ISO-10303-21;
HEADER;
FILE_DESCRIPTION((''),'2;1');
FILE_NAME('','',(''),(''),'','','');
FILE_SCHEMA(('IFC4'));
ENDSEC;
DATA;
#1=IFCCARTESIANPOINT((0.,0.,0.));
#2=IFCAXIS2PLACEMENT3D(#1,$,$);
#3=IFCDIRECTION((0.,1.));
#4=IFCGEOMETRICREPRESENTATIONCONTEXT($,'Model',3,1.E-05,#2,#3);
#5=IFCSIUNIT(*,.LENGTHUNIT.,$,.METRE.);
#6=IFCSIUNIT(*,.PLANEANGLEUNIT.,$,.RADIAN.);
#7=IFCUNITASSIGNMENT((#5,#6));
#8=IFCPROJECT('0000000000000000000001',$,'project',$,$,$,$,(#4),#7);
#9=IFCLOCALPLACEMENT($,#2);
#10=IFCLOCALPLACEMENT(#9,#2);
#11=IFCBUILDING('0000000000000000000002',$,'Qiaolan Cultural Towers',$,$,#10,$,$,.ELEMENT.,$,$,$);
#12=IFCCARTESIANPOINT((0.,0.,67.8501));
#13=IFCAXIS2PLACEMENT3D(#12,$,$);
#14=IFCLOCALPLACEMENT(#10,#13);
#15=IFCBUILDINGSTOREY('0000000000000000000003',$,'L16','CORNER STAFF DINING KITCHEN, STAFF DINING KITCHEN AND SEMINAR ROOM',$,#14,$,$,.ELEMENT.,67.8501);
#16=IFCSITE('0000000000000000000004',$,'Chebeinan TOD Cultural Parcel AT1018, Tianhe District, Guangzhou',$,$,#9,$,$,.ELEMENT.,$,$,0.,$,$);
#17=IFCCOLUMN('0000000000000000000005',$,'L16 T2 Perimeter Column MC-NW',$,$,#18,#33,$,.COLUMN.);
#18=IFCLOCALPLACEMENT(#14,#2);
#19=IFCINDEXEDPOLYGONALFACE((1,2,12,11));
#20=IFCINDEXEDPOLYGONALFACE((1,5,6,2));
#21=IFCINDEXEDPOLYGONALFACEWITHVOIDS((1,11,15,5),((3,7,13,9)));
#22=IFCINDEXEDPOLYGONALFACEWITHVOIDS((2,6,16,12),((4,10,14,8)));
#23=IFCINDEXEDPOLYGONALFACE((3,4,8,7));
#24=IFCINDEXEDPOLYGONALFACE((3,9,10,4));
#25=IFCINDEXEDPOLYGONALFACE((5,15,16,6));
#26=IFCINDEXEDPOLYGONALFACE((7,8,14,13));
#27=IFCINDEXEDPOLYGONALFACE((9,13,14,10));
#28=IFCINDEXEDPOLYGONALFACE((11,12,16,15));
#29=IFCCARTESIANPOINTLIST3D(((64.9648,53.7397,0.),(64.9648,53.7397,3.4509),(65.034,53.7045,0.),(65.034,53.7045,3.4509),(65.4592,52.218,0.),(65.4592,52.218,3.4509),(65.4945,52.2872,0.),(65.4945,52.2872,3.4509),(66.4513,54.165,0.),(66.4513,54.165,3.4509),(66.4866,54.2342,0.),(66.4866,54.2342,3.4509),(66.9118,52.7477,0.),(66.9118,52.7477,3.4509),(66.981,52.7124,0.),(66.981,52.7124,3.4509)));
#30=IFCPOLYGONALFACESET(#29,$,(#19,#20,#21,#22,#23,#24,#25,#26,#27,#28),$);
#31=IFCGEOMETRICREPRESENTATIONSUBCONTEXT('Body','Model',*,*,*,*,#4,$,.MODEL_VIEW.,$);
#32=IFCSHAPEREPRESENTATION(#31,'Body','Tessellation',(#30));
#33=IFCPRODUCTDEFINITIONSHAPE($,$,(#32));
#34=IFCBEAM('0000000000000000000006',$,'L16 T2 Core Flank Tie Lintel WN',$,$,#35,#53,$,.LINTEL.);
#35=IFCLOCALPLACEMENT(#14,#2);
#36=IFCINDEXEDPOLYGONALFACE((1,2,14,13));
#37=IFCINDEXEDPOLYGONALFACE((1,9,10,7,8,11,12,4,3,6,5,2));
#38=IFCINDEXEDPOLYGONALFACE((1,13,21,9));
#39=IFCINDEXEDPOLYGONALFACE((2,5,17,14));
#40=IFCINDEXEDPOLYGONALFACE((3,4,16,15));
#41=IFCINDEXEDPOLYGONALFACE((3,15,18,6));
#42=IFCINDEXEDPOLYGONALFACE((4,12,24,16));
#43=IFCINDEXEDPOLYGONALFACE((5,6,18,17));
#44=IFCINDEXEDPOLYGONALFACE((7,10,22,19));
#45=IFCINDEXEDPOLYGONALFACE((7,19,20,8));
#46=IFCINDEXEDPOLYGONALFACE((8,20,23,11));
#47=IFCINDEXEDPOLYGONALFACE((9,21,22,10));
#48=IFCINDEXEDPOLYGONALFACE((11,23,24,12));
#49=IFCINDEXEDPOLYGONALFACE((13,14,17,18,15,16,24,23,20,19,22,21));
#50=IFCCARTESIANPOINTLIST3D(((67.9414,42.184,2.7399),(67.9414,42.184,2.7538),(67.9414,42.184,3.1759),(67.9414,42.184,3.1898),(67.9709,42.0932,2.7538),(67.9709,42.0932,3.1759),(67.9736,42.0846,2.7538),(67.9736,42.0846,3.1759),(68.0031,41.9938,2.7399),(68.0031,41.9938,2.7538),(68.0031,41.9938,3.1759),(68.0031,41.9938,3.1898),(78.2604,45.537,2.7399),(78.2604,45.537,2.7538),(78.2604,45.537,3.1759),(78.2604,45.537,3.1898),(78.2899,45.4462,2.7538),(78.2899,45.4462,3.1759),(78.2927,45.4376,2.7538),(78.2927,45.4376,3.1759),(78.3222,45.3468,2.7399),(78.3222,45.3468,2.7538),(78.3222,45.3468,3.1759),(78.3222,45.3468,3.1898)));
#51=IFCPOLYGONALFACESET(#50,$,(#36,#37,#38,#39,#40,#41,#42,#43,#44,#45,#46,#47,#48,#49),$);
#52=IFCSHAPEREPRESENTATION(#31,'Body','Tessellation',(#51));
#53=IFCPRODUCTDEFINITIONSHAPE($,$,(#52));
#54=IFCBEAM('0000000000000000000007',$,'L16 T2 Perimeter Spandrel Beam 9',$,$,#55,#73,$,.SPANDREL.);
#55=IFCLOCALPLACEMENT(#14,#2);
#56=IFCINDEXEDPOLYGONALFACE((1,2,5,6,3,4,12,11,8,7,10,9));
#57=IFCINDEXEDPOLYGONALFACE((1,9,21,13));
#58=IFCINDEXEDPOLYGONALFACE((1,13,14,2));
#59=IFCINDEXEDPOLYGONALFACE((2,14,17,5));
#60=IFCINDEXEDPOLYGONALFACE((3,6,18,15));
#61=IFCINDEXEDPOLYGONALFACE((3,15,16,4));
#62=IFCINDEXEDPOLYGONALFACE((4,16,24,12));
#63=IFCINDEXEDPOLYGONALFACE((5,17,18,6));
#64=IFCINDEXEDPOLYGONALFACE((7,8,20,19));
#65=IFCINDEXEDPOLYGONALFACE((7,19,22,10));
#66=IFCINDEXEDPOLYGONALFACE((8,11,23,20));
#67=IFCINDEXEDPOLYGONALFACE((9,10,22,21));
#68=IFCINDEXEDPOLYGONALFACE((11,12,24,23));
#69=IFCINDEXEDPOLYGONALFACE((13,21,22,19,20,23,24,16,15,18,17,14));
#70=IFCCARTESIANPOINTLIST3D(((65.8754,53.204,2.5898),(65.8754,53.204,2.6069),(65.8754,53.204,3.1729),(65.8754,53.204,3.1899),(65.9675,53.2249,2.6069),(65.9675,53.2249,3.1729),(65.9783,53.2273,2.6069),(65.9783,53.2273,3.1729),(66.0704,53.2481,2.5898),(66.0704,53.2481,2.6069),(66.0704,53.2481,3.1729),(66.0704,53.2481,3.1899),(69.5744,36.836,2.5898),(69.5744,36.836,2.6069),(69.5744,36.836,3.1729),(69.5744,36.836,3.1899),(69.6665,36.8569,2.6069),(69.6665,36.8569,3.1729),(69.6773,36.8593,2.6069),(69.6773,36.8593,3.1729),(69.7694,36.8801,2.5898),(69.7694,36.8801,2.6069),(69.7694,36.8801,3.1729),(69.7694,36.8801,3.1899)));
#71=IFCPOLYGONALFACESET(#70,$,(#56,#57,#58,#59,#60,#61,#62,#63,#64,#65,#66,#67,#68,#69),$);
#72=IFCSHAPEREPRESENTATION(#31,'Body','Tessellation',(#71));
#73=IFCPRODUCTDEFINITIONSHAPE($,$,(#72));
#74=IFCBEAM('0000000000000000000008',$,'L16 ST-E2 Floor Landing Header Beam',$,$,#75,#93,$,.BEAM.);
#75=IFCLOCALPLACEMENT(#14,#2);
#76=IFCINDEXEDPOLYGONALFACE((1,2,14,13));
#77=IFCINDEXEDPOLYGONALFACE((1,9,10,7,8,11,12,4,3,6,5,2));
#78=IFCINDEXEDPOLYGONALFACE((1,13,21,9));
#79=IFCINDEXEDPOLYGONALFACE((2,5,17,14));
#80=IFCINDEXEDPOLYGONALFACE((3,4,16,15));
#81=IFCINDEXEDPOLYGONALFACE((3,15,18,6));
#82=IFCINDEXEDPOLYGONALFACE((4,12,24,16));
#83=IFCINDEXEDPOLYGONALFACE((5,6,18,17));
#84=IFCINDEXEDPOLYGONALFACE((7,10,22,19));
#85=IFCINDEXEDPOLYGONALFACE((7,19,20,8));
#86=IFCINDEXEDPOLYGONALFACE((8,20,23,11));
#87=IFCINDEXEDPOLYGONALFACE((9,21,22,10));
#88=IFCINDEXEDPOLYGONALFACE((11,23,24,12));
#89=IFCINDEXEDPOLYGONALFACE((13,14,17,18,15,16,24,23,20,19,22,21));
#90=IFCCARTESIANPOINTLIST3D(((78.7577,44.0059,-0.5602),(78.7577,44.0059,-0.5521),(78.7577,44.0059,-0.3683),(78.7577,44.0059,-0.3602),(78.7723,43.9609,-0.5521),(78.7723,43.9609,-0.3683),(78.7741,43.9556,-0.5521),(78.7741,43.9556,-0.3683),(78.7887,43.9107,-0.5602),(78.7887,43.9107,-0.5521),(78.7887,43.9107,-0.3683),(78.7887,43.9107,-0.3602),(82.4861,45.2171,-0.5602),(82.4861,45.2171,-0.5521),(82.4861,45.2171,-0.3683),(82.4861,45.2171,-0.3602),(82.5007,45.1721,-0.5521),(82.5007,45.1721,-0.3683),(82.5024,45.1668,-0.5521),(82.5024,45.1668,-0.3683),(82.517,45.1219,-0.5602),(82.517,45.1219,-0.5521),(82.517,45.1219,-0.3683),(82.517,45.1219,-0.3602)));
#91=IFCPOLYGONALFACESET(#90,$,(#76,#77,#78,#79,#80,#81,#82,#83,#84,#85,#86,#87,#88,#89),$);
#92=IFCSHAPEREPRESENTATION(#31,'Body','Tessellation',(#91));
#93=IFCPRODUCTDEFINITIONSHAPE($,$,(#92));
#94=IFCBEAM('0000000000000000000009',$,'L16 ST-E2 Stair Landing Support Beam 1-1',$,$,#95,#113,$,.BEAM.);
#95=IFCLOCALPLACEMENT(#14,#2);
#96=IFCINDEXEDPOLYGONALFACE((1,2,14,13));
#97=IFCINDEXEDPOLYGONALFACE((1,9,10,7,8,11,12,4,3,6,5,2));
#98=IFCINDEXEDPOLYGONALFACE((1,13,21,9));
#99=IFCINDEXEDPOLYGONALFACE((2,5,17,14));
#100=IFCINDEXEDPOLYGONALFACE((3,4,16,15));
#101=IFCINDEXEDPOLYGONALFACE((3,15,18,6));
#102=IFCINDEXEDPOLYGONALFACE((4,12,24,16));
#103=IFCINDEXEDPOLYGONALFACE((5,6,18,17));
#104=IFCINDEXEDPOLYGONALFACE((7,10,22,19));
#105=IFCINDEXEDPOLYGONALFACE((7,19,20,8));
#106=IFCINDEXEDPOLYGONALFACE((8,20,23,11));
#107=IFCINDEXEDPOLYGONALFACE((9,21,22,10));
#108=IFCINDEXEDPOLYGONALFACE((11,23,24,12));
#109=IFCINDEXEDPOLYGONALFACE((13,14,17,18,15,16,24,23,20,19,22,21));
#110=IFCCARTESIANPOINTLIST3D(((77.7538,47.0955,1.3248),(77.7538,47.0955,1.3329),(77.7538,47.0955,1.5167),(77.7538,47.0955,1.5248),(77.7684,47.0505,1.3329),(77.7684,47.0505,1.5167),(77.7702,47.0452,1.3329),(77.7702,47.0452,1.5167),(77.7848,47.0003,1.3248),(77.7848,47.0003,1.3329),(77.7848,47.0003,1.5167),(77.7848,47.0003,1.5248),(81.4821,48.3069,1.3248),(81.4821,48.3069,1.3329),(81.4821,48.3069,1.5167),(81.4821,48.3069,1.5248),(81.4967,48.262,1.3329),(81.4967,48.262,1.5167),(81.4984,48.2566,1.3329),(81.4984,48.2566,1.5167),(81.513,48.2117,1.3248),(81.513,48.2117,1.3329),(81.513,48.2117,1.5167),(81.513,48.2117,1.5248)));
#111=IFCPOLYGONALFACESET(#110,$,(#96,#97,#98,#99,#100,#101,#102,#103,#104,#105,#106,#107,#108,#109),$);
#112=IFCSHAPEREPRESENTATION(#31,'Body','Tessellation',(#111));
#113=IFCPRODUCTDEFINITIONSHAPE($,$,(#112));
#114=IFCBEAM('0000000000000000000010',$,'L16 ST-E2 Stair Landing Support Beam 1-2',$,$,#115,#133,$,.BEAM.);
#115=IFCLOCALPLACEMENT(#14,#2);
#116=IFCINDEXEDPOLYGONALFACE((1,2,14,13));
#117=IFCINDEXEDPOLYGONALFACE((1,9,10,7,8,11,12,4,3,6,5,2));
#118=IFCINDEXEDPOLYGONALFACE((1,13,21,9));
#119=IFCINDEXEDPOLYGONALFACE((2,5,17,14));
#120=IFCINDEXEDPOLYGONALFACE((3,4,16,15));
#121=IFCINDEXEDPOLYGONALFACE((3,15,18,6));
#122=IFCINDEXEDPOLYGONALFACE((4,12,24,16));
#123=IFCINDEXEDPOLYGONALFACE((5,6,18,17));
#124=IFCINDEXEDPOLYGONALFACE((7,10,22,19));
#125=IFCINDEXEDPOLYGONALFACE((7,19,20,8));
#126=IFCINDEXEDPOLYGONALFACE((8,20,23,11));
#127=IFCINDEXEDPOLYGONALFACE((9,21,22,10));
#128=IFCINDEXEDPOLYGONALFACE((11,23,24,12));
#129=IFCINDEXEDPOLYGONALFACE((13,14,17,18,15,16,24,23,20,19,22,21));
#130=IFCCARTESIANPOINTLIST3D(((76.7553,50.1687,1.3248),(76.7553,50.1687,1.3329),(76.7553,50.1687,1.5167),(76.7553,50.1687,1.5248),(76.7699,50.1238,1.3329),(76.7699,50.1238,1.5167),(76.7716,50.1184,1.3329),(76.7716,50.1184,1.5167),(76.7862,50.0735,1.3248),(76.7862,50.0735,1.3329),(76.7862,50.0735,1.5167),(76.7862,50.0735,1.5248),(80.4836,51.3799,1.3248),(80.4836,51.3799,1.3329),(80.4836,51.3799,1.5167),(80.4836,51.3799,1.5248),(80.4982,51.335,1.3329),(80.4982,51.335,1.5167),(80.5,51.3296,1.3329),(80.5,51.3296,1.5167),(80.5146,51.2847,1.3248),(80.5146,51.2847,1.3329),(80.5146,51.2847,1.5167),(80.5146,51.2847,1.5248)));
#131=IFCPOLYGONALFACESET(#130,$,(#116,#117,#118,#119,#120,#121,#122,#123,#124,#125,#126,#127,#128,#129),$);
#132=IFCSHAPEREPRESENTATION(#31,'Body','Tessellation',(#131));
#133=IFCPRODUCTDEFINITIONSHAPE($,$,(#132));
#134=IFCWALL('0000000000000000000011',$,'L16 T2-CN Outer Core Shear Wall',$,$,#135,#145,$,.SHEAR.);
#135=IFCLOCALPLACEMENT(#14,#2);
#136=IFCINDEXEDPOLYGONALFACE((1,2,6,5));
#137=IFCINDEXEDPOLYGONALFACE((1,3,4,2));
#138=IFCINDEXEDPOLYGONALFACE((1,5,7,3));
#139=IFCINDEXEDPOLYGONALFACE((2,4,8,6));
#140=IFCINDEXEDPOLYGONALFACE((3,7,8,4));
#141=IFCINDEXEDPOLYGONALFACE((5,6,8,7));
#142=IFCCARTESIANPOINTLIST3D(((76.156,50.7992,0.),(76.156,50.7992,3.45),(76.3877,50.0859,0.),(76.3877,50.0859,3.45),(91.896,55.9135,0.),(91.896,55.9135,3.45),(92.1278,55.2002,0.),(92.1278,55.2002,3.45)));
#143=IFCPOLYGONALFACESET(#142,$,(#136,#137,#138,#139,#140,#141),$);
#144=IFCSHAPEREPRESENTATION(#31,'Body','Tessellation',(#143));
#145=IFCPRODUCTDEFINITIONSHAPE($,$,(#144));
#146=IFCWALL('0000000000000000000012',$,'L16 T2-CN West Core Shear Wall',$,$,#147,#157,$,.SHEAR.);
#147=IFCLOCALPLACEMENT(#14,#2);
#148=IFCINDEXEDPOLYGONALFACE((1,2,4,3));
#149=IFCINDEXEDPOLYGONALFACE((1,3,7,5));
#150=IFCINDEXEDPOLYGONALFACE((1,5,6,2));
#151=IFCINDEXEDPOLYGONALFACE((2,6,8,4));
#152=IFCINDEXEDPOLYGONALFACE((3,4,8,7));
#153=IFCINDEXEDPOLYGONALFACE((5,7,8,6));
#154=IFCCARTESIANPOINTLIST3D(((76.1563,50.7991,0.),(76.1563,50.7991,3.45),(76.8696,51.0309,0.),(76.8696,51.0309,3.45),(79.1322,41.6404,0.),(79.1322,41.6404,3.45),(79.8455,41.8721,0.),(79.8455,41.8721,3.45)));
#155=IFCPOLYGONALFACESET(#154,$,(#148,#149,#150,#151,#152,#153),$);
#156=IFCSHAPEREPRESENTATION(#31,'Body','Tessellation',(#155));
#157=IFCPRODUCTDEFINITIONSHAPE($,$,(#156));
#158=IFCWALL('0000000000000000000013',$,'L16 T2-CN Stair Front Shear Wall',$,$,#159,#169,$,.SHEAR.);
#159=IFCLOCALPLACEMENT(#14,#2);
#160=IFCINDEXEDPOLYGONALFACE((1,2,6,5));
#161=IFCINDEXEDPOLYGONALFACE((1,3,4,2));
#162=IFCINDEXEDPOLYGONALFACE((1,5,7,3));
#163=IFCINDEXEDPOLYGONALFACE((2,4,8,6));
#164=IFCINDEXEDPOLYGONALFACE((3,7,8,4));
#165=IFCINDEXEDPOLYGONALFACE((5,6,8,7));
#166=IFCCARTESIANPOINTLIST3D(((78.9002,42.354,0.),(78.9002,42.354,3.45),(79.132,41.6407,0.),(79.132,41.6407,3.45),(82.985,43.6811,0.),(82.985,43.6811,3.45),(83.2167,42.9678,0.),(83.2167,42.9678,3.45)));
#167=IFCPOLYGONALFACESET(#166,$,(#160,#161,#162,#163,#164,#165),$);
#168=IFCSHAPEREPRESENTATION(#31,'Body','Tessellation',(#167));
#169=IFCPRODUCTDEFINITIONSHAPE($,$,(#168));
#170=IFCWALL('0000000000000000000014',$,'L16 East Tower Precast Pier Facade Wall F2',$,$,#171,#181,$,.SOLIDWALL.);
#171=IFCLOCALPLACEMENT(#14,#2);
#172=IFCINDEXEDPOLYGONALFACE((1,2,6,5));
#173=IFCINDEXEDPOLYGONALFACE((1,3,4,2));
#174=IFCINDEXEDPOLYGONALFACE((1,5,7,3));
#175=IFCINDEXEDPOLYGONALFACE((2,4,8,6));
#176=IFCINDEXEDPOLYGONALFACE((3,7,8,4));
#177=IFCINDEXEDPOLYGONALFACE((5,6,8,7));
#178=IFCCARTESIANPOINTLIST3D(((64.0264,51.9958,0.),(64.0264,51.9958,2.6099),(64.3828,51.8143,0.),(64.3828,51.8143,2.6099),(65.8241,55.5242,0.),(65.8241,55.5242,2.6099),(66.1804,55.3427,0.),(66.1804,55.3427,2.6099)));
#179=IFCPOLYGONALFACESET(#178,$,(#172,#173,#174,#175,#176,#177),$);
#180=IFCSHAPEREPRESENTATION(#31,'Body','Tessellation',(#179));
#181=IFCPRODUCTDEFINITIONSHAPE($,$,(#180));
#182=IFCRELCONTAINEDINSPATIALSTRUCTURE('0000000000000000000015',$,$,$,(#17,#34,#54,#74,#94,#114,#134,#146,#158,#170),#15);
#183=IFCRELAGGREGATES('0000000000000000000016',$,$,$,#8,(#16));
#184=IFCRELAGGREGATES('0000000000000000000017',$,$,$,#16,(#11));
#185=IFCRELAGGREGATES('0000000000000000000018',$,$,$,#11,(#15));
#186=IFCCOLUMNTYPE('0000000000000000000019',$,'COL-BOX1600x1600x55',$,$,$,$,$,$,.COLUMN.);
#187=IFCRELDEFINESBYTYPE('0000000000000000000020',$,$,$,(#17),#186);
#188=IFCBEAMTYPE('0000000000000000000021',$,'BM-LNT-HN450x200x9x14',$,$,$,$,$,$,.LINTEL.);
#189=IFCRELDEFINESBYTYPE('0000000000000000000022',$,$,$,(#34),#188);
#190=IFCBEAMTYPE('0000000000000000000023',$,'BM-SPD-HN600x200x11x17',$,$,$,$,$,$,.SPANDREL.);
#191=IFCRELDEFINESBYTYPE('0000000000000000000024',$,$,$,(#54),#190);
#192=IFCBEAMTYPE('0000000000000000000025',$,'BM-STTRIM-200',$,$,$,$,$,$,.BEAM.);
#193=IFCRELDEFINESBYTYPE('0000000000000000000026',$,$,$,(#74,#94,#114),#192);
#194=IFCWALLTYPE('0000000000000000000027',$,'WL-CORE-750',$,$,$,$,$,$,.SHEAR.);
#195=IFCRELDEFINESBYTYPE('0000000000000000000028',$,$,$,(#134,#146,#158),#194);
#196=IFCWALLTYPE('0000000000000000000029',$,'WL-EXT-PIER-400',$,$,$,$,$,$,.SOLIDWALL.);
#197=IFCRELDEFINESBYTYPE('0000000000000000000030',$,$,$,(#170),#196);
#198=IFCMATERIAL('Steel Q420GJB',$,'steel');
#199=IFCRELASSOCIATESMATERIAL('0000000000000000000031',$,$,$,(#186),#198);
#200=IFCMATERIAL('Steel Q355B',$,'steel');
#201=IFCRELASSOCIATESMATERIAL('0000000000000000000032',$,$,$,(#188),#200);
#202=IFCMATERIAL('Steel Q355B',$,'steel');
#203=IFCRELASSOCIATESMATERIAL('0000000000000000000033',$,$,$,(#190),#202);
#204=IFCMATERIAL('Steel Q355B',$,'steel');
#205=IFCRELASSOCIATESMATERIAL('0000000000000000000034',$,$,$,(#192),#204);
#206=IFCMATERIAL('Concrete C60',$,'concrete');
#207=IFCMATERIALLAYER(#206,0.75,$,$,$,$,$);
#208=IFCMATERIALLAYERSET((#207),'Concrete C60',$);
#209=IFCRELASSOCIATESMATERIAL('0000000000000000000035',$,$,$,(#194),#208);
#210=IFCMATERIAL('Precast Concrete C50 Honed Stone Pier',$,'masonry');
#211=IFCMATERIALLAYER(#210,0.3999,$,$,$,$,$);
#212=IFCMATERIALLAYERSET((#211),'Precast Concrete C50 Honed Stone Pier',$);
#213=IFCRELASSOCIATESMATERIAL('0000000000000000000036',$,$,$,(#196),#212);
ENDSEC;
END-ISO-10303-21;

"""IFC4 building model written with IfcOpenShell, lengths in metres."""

from ifc_helpers import new_model, si_unit, direction, frame, frame_2d, origin, origin_2d, place, context, subcontext, project, spatial, rectangle, hollow_rectangle, i_section, extrude, material, layer, layer_set, material_profile, profile_set, type_object, element, save


model = new_model("IFC4")

# Units and contexts
model_context = context("Model", 3, precision=1e-05, world=origin(), true_north=direction((0.0, 1.0)))
body_context = subcontext(model_context, "Body", "Model", "MODEL_VIEW")
ifc_project = project(units=[si_unit("LENGTHUNIT", "METRE"), si_unit("PLANEANGLEUNIT", "RADIAN")], contexts=[model_context])

# Site, building, storey
site_placement = place(None, origin())
site = spatial("IfcSite", under=ifc_project, at=site_placement, Name="Chebeinan TOD Cultural Parcel AT1018, Tianhe District, Guangzhou", CompositionType="ELEMENT", RefElevation=0.0)
building_placement = place(site_placement, origin())
building = spatial("IfcBuilding", under=site, at=building_placement, Name="Qiaolan Cultural Towers", CompositionType="ELEMENT")
storey_placement = place(building_placement, frame((0.0, 0.0, 67.8501)))
storey = spatial("IfcBuildingStorey", under=building, at=storey_placement, Name="L16", Description="CORNER STAFF DINING KITCHEN, STAFF DINING KITCHEN AND SEMINAR ROOM", CompositionType="ELEMENT", Elevation=67.8501)

# Column
ifc_material_1 = material(Name="Steel Q420GJB", Category="steel")
ifc_material_profile_1 = material_profile(ifc_material_1, hollow_rectangle(XDim=1.6001, YDim=1.6001, WallThickness=0.0549, at=origin_2d()), Name="BOX1600x1600x55")
ifc_profile_set_1 = profile_set([ifc_material_profile_1], Name="Steel Q420GJB")
column_type = type_object("IfcColumnType", Name="COL-BOX1600x1600x55", PredefinedType="COLUMN", material=ifc_profile_set_1)
column_placement = place(storey_placement, frame((65.9729, 53.2261, 0.0), z_axis=(0.0, 0.0, 1.0), x_axis=(0.951057, 0.309017, 0.0)))
element("IfcColumn", 1, at=column_placement, inside=storey, type_object=column_type, Name="L16 T2 Perimeter Column MC-NW", PredefinedType="COLUMN", context=body_context, shape_type="SweptSolid", body=[
    extrude(hollow_rectangle(XDim=1.6001, YDim=1.6001, WallThickness=0.0549, at=origin_2d()), origin(), (0.0, 0.0, 1.0), 3.4509),
])

# Beams
ifc_material_2 = material(Name="Steel Q355B", Category="steel")
ifc_material_profile_2 = material_profile(ifc_material_2, i_section(OverallWidth=0.2, OverallDepth=0.45, WebThickness=0.009, FlangeThickness=0.0139, at=origin_2d()), Name="HN450x200x9x14")
ifc_profile_set_2 = profile_set([ifc_material_profile_2], Name="Steel Q355B")
beam_type_1 = type_object("IfcBeamType", Name="BM-LNT-HN450x200x9x14", PredefinedType="LINTEL", material=ifc_profile_set_2)
beam_1_placement = place(storey_placement, frame((78.2913, 45.4419, 2.9648), z_axis=(-0.951052, -0.30903, 0.0), x_axis=(0.30903, -0.951052, 0.0)))
element("IfcBeam", 2, at=beam_1_placement, inside=storey, type_object=beam_type_1, Name="L16 T2 Core Flank Tie Lintel WN", PredefinedType="LINTEL", context=body_context, shape_type="SweptSolid", body=[
    extrude(i_section(OverallWidth=0.2, OverallDepth=0.45, WebThickness=0.009, FlangeThickness=0.0139, at=origin_2d()), origin(), (0.0, 0.0, 1.0), 10.8501),
])
ifc_material_3 = material(Name="Steel Q355B", Category="steel")
ifc_material_profile_3 = material_profile(ifc_material_3, i_section(OverallWidth=0.2, OverallDepth=0.6001, WebThickness=0.011, FlangeThickness=0.0171, at=origin_2d()), Name="HN600x200x11x17")
ifc_profile_set_3 = profile_set([ifc_material_profile_3], Name="Steel Q355B")
beam_type_2 = type_object("IfcBeamType", Name="BM-SPD-HN600x200x11x17", PredefinedType="SPANDREL", material=ifc_profile_set_3)
beam_2_placement = place(storey_placement, frame((65.9729, 53.2261, 2.8899), z_axis=(0.220431, -0.975403, 0.0), x_axis=(0.975403, 0.220431, 0.0)))
element("IfcBeam", 3, at=beam_2_placement, inside=storey, type_object=beam_type_2, Name="L16 T2 Perimeter Spandrel Beam 9", PredefinedType="SPANDREL", context=body_context, shape_type="SweptSolid", body=[
    extrude(i_section(OverallWidth=0.2, OverallDepth=0.6001, WebThickness=0.011, FlangeThickness=0.0171, at=origin_2d()), origin(), (0.0, 0.0, 1.0), 16.7808),
])
ifc_material_4 = material(Name="Steel Q355B", Category="steel")
ifc_material_profile_4 = material_profile(ifc_material_4, i_section(OverallWidth=0.1001, OverallDepth=0.2, WebThickness=0.0056, FlangeThickness=0.0081, at=origin_2d()), Name="HN200x100x5.5x8")
ifc_profile_set_4 = profile_set([ifc_material_profile_4], Name="Steel Q355B")
beam_type_3 = type_object("IfcBeamType", Name="BM-STTRIM-200", PredefinedType="BEAM", material=ifc_profile_set_4)
for number, where, z_axis, x_axis, name in (
    (4, (78.7732, 43.9583, -0.4602), (0.951072, 0.308969, 0.0), (-0.308969, 0.951072, 0.0), "L16 ST-E2 Floor Landing Header Beam"),
    (5, (77.7693, 47.0479, 1.4248), (0.951054, 0.309026, 0.0), (-0.309026, 0.951054, 0.0), "L16 ST-E2 Stair Landing Support Beam 1-1"),
    (6, (76.7708, 50.1211, 1.4248), (0.951072, 0.308969, 0.0), (-0.308969, 0.951072, 0.0), "L16 ST-E2 Stair Landing Support Beam 1-2"),
):
    element("IfcBeam", number, at=place(storey_placement, frame(where, z_axis=z_axis, x_axis=x_axis)), inside=storey, type_object=beam_type_3, Name=name, PredefinedType="BEAM", context=body_context, shape_type="SweptSolid", body=[
        extrude(i_section(OverallWidth=0.1001, OverallDepth=0.2, WebThickness=0.0056, FlangeThickness=0.0081, at=origin_2d()), origin(), (0.0, 0.0, 1.0), 3.9202),
    ])

# Walls
ifc_material_5 = material(Name="Concrete C60", Category="concrete")
ifc_layer_1 = layer(ifc_material_5, 0.75)
ifc_layer_set_1 = layer_set([ifc_layer_1], Name="Concrete C60")
wall_type_1 = type_object("IfcWallType", Name="WL-CORE-750", PredefinedType="SHEAR", material=ifc_layer_set_1)
wall_1_placement = place(storey_placement, frame((76.272, 50.4426, 0.0), z_axis=(0.0, 0.0, 1.0), x_axis=(0.951056, 0.309018, 0.0)))
element("IfcWall", 7, at=wall_1_placement, inside=storey, type_object=wall_type_1, Name="L16 T2-CN Outer Core Shear Wall", PredefinedType="SHEAR", context=body_context, shape_type="SweptSolid", body=[
    extrude(rectangle(XDim=16.55, YDim=0.75, at=frame_2d((8.2749, 0.0))), origin(), (0.0, 0.0, 1.0), 3.45),
])
wall_2_placement = place(storey_placement, frame((79.4888, 41.7563, 0.0), z_axis=(0.0, 0.0, 1.0), x_axis=(-0.309016, 0.951057, 0.0)))
element("IfcWall", 8, at=wall_2_placement, inside=storey, type_object=wall_type_1, Name="L16 T2-CN West Core Shear Wall", PredefinedType="SHEAR", context=body_context, shape_type="SweptSolid", body=[
    extrude(rectangle(XDim=9.6301, YDim=0.75, at=frame_2d((4.8149, 0.0))), origin(), (0.0, 0.0, 1.0), 3.45),
])
wall_3_placement = place(storey_placement, frame((79.0161, 41.9973, 0.0), z_axis=(0.0, 0.0, 1.0), x_axis=(0.95106, 0.309005, 0.0)))
element("IfcWall", 9, at=wall_3_placement, inside=storey, type_object=wall_type_1, Name="L16 T2-CN Stair Front Shear Wall", PredefinedType="SHEAR", context=body_context, shape_type="SweptSolid", body=[
    extrude(rectangle(XDim=4.2949, YDim=0.75, at=frame_2d((2.1475, 0.0))), origin(), (0.0, 0.0, 1.0), 3.45),
])
ifc_material_6 = material(Name="Precast Concrete C50 Honed Stone Pier", Category="masonry")
ifc_layer_2 = layer(ifc_material_6, 0.3999)
ifc_layer_set_2 = layer_set([ifc_layer_2], Name="Precast Concrete C50 Honed Stone Pier")
wall_type_2 = type_object("IfcWallType", Name="WL-EXT-PIER-400", PredefinedType="SOLIDWALL", material=ifc_layer_set_2)
wall_4_placement = place(storey_placement, frame((64.2046, 51.905, 0.0), z_axis=(0.0, 0.0, 1.0), x_axis=(0.453958, 0.891023, 0.0)))
element("IfcWall", 10, at=wall_4_placement, inside=storey, type_object=wall_type_2, Name="L16 East Tower Precast Pier Facade Wall F2", PredefinedType="SOLIDWALL", context=body_context, shape_type="SweptSolid", body=[
    extrude(rectangle(XDim=3.96, YDim=0.3999, at=frame_2d((1.98, 0.0))), origin(), (0.0, 0.0, 1.0), 2.6099),
])

save(model, "model.ifc")
